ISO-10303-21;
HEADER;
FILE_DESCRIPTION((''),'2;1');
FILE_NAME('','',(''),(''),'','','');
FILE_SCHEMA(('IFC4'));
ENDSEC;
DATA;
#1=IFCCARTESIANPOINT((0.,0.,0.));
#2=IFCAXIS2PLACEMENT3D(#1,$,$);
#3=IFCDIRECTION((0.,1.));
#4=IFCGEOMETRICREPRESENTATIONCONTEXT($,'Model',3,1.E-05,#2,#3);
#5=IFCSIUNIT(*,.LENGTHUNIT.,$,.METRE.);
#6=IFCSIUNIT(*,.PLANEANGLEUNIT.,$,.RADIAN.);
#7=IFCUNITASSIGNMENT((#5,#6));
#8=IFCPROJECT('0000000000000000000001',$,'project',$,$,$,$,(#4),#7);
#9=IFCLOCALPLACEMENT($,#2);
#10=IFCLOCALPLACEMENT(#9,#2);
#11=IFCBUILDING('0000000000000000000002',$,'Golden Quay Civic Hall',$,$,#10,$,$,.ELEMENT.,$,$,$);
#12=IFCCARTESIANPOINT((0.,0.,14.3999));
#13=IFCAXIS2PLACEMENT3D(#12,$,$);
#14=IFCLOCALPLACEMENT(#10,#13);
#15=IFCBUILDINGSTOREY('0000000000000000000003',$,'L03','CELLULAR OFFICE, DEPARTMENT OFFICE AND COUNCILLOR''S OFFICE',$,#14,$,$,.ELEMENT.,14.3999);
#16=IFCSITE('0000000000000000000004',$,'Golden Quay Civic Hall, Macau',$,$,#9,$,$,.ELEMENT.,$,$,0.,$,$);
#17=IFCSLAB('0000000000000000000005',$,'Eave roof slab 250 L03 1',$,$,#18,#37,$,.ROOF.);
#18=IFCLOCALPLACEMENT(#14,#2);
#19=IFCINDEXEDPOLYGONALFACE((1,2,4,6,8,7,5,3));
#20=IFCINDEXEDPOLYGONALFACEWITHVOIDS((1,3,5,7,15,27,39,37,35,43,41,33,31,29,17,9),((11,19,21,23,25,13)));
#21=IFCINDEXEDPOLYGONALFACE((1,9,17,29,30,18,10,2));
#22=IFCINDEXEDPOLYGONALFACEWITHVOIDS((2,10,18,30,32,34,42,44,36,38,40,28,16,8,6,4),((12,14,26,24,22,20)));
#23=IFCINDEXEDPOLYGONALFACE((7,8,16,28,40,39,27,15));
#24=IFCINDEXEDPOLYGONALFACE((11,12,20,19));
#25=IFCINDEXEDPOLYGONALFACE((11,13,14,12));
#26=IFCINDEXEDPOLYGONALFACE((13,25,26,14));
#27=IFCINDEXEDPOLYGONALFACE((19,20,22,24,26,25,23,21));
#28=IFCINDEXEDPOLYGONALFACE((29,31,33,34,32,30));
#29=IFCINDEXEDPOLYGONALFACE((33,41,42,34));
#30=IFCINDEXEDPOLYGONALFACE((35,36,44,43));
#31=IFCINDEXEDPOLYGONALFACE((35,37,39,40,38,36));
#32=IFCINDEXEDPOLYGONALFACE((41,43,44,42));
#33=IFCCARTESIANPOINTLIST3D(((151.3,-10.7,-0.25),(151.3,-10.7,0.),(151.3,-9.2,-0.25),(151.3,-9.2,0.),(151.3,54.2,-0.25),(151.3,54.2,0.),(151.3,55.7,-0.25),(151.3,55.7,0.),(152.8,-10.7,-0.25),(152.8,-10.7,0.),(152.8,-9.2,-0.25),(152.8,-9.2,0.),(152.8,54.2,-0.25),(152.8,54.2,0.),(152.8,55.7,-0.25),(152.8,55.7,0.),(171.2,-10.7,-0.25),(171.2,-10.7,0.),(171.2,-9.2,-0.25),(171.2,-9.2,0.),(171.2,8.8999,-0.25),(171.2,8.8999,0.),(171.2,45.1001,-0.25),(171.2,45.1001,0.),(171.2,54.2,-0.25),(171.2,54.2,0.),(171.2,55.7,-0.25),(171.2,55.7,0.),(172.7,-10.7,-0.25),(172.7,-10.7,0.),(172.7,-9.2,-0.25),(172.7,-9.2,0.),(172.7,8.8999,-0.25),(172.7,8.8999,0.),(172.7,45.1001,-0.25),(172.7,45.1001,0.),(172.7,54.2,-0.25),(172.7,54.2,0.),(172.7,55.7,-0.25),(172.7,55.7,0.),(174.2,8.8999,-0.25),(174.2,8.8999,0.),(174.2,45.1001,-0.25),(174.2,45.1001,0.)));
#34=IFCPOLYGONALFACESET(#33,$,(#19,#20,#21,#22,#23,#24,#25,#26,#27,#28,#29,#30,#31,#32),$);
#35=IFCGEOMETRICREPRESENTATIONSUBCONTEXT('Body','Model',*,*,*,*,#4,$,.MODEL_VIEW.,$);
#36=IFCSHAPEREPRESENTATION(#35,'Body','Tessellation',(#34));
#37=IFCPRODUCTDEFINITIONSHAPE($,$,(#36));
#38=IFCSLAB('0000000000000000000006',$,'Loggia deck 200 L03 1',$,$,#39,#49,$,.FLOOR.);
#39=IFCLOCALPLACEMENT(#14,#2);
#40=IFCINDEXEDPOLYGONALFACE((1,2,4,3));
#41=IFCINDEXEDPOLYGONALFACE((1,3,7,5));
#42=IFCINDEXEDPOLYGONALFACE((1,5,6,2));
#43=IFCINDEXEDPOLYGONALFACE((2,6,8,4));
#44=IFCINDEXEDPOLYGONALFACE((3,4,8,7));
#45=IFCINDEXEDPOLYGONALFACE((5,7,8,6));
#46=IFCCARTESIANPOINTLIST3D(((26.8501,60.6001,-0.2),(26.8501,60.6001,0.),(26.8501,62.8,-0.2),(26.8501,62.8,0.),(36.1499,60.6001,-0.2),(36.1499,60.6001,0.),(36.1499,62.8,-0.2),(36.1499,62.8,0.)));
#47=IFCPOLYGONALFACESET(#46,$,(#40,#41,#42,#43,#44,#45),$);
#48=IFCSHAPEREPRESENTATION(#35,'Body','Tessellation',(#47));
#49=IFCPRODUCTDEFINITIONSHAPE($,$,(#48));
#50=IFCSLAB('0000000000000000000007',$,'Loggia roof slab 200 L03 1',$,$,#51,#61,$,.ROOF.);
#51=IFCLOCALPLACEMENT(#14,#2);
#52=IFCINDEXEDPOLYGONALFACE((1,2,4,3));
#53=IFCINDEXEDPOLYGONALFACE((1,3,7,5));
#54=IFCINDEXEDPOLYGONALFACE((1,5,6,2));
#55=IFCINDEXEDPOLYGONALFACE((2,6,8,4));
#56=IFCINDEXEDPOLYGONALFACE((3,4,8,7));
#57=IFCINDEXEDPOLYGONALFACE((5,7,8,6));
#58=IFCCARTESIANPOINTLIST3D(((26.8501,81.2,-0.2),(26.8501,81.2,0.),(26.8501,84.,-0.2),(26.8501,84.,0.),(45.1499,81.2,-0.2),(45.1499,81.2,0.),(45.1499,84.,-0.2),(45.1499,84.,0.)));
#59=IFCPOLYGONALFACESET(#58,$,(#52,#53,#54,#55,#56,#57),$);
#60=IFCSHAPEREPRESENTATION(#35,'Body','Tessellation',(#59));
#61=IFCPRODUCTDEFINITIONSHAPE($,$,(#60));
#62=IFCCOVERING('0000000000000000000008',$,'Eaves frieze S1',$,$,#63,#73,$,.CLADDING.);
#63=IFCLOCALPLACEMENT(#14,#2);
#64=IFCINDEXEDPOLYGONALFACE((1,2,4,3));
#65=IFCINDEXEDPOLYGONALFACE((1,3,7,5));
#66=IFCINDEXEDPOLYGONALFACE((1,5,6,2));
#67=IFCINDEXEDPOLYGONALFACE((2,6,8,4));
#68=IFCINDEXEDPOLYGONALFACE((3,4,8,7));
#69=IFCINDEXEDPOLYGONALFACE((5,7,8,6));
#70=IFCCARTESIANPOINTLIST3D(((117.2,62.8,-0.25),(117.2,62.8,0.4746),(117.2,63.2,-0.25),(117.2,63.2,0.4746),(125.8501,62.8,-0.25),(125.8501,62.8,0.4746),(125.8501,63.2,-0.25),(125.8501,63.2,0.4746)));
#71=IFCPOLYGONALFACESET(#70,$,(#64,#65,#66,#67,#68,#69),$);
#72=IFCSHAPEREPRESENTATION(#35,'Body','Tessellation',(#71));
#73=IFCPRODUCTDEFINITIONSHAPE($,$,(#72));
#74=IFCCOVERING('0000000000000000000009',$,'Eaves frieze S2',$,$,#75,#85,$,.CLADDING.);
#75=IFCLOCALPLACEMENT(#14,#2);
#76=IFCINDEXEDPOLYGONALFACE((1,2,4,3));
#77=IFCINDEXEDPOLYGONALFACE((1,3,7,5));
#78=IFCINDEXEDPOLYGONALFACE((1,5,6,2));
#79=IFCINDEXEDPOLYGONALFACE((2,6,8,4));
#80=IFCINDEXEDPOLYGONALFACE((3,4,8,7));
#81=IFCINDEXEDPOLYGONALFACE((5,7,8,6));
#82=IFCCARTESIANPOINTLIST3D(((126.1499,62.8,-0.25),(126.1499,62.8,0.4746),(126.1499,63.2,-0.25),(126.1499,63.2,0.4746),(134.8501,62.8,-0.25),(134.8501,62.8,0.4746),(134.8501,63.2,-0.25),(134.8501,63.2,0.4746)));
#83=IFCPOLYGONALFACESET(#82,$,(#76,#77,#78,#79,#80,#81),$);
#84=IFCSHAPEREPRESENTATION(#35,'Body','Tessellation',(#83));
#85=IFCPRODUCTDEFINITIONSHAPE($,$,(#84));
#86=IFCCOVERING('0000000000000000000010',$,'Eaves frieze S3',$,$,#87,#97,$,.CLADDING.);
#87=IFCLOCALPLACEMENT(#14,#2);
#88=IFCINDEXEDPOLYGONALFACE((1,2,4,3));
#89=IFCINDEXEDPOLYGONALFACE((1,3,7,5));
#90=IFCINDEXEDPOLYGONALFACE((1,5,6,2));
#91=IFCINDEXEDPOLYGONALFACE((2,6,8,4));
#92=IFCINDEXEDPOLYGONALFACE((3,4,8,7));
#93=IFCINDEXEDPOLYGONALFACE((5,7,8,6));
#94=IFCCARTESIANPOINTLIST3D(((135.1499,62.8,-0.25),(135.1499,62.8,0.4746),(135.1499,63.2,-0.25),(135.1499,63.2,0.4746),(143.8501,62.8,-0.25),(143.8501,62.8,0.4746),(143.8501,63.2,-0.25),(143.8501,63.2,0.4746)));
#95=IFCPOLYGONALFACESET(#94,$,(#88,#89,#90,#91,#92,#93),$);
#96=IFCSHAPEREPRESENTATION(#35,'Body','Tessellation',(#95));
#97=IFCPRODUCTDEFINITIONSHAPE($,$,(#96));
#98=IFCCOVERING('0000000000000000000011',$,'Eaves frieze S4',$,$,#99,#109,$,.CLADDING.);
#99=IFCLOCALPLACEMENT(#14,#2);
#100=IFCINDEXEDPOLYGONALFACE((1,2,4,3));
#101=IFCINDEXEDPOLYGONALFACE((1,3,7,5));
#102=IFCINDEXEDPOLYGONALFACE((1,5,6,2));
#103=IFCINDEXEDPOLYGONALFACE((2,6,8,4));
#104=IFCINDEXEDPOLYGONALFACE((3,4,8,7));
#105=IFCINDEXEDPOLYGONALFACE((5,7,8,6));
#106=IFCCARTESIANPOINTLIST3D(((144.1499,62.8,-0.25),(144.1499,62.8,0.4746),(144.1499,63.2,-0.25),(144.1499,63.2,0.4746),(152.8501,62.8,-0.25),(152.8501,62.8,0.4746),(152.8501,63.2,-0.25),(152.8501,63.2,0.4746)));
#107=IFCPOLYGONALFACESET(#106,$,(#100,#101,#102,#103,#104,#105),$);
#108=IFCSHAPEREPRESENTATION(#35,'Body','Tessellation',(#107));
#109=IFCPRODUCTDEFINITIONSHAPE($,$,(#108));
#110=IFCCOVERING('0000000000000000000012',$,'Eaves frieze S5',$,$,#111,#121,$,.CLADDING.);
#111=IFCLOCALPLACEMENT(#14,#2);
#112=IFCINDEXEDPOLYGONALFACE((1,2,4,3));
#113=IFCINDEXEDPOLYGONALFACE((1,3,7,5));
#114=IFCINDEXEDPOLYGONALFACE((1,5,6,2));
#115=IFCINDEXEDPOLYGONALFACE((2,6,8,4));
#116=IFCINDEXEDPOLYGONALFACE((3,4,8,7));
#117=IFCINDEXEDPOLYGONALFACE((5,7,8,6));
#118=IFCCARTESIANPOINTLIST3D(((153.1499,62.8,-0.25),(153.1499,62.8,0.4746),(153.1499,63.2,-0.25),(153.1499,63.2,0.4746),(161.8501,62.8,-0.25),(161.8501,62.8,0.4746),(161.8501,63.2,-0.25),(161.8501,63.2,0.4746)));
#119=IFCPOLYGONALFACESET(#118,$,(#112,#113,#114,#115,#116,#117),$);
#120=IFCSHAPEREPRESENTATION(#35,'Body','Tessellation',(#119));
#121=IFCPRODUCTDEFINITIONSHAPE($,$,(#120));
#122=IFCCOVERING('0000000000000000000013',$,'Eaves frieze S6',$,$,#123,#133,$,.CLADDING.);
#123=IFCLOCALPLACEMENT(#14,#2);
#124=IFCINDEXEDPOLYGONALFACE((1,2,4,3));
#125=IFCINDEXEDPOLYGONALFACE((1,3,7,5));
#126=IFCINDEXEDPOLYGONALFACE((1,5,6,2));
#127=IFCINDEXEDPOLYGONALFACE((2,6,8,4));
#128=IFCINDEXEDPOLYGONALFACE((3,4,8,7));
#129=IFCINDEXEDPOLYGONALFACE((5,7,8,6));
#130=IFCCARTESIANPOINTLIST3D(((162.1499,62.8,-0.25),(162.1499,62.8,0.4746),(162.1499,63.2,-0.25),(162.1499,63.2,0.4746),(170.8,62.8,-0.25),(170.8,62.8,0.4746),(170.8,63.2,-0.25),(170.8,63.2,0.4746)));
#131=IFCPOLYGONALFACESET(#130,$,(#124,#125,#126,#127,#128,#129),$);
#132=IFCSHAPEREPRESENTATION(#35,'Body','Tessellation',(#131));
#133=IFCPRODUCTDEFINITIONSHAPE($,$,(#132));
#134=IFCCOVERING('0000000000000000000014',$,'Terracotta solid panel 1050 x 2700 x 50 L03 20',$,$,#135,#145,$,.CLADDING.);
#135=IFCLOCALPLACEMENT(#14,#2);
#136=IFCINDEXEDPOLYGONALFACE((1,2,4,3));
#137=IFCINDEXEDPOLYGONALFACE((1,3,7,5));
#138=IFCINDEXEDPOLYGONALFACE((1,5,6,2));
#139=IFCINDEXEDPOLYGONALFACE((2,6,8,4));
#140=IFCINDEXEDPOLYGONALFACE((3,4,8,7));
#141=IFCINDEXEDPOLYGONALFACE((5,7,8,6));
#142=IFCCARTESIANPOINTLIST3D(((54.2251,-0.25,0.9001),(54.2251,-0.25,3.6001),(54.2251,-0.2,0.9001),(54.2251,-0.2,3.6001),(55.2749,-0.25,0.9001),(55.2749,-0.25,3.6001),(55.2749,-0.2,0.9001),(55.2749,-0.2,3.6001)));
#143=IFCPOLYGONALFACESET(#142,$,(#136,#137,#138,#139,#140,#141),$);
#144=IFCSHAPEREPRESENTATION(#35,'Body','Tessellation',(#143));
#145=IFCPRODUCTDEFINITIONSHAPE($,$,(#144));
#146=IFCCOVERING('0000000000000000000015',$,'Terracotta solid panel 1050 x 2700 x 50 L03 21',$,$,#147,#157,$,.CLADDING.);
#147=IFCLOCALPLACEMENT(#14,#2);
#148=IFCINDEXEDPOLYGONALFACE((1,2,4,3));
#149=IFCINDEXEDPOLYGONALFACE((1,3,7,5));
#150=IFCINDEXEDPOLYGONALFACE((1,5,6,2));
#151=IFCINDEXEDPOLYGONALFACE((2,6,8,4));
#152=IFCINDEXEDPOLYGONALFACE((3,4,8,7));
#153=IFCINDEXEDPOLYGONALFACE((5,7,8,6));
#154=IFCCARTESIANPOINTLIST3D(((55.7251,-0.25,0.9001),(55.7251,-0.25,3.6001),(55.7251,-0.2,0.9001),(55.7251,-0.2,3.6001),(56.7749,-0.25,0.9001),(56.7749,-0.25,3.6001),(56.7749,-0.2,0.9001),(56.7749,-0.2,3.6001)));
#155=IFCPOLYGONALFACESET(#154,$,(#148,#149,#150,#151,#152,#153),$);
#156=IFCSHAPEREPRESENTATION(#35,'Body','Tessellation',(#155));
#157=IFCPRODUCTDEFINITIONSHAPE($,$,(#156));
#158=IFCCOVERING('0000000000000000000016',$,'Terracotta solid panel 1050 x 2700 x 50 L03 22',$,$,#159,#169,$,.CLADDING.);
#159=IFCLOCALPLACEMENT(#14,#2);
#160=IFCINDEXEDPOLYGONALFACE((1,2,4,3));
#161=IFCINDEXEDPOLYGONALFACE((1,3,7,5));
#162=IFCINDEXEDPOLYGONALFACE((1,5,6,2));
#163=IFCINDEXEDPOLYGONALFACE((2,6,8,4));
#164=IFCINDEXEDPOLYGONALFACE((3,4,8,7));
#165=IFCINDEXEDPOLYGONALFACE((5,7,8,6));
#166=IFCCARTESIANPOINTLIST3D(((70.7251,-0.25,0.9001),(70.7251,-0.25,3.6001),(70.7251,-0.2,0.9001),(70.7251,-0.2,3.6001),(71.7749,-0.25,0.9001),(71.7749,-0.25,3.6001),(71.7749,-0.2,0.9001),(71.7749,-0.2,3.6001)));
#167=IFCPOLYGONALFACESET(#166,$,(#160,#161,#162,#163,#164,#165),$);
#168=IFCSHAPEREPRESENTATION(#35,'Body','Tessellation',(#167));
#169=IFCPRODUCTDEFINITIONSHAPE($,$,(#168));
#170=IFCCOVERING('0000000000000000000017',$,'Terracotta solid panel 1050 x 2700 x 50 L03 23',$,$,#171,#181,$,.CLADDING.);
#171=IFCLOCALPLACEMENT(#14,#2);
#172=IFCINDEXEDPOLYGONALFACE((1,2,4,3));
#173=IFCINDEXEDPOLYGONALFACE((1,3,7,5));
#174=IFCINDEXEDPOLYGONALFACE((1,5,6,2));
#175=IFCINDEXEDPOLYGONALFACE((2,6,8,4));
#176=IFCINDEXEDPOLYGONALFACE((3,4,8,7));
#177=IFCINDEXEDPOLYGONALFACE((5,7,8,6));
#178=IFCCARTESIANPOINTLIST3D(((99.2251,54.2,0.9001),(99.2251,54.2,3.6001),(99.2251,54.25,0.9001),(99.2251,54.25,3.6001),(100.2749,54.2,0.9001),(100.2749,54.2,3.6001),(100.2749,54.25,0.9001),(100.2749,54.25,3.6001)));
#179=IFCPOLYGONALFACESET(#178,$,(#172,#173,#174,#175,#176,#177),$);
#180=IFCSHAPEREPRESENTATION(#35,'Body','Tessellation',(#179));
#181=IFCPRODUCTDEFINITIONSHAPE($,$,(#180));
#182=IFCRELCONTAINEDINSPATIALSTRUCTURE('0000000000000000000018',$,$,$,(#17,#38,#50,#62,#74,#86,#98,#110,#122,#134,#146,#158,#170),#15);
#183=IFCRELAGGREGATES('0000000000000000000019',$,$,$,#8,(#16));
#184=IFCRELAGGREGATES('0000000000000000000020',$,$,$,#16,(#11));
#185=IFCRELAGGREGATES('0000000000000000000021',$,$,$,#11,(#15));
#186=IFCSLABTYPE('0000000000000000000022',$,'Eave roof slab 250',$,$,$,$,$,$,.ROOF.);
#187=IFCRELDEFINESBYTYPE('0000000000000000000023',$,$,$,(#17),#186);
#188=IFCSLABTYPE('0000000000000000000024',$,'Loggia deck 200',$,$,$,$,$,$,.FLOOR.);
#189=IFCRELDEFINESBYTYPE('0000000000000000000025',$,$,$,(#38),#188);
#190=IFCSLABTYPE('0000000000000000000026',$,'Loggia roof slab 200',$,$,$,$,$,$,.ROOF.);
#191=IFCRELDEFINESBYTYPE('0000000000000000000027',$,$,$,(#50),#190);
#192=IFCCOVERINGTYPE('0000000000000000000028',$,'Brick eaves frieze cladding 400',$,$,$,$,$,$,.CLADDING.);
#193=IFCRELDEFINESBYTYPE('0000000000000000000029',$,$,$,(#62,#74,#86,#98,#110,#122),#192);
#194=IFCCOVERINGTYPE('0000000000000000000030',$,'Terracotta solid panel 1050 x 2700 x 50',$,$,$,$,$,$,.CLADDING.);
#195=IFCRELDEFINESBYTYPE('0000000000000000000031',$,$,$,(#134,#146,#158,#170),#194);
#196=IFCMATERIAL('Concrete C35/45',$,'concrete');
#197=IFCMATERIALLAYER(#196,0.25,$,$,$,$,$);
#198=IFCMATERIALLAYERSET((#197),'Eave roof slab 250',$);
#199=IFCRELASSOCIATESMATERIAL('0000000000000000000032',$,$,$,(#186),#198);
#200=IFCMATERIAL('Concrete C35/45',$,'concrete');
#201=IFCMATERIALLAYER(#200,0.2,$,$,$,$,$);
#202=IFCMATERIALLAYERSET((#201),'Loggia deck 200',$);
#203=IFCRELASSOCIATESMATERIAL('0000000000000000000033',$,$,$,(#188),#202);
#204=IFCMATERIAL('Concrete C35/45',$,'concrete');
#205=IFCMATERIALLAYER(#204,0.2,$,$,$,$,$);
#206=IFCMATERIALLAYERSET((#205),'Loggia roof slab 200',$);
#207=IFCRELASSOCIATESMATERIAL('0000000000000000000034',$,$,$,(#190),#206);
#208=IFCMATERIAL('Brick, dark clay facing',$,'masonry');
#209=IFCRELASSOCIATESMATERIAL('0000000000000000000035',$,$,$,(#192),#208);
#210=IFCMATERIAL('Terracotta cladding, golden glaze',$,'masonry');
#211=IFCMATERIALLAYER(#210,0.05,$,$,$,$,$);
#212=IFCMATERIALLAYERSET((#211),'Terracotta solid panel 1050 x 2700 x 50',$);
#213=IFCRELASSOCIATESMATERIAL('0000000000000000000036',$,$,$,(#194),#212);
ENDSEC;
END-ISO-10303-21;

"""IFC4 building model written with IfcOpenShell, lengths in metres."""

from ifc_helpers import new_model, si_unit, direction, frame, origin, place, context, subcontext, project, spatial, polyline, outline, extrude, material, layer, layer_set, type_object, element, save


model = new_model("IFC4")

# Units and contexts
model_context = context("Model", 3, precision=1e-05, world=origin(), true_north=direction((0.0, 1.0)))
body_context = subcontext(model_context, "Body", "Model", "MODEL_VIEW")
ifc_project = project(units=[si_unit("LENGTHUNIT", "METRE"), si_unit("PLANEANGLEUNIT", "RADIAN")], contexts=[model_context])

# Site, building, storey
site_placement = place(None, origin())
site = spatial("IfcSite", under=ifc_project, at=site_placement, Name="Golden Quay Civic Hall, Macau", CompositionType="ELEMENT", RefElevation=0.0)
building_placement = place(site_placement, origin())
building = spatial("IfcBuilding", under=site, at=building_placement, Name="Golden Quay Civic Hall", CompositionType="ELEMENT")
storey_placement = place(building_placement, frame((0.0, 0.0, 14.3999)))
storey = spatial("IfcBuildingStorey", under=building, at=storey_placement, Name="L03", Description="CELLULAR OFFICE, DEPARTMENT OFFICE AND COUNCILLOR'S OFFICE", CompositionType="ELEMENT", Elevation=14.3999)

# Slabs
ifc_material_1 = material(Name="Concrete C35/45", Category="concrete")
ifc_layer_1 = layer(ifc_material_1, 0.25)
ifc_layer_set_1 = layer_set([ifc_layer_1], Name="Eave roof slab 250")
slab_type_1 = type_object("IfcSlabType", Name="Eave roof slab 250", PredefinedType="ROOF", material=ifc_layer_set_1)
slab_1_placement = place(storey_placement, frame((0.0, 0.0, -0.25)))
element("IfcSlab", 1, at=slab_1_placement, inside=storey, type_object=slab_type_1, Name="Eave roof slab 250 L03 1", PredefinedType="ROOF", context=body_context, shape_type="SweptSolid", body=[
    extrude(outline(polyline([(172.7, -10.7), (171.2, -10.7), (152.8, -10.7), (151.3, -10.7), (151.3, -9.2), (151.3, 54.2), (151.3, 55.7), (152.8, 55.7), (171.2, 55.7), (172.7, 55.7), (172.7, 54.2), (172.7, 45.1001), (174.2, 45.1001), (174.2, 8.8999), (172.7, 8.8999), (172.7, -9.2), (172.7, -10.7)]), holes=[polyline([(171.2, 45.1001), (171.2, 54.2), (152.8, 54.2), (152.8, -9.2), (171.2, -9.2), (171.2, 8.8999), (171.2, 45.1001)])]), origin(), (0.0, 0.0, 1.0), 0.25),
])
ifc_material_2 = material(Name="Concrete C35/45", Category="concrete")
ifc_layer_2 = layer(ifc_material_2, 0.2)
ifc_layer_set_2 = layer_set([ifc_layer_2], Name="Loggia deck 200")
slab_type_2 = type_object("IfcSlabType", Name="Loggia deck 200", PredefinedType="FLOOR", material=ifc_layer_set_2)
slab_2_placement = place(storey_placement, frame((0.0, 0.0, -0.2)))
element("IfcSlab", 2, at=slab_2_placement, inside=storey, type_object=slab_type_2, Name="Loggia deck 200 L03 1", PredefinedType="FLOOR", context=body_context, shape_type="SweptSolid", body=[
    extrude(outline(polyline([(26.8501, 62.8), (36.1499, 62.8), (36.1499, 60.6001), (26.8501, 60.6001), (26.8501, 62.8)])), origin(), (0.0, 0.0, 1.0), 0.2),
])
ifc_material_3 = material(Name="Concrete C35/45", Category="concrete")
ifc_layer_3 = layer(ifc_material_3, 0.2)
ifc_layer_set_3 = layer_set([ifc_layer_3], Name="Loggia roof slab 200")
slab_type_3 = type_object("IfcSlabType", Name="Loggia roof slab 200", PredefinedType="ROOF", material=ifc_layer_set_3)
slab_3_placement = place(storey_placement, frame((0.0, 0.0, -0.2)))
element("IfcSlab", 3, at=slab_3_placement, inside=storey, type_object=slab_type_3, Name="Loggia roof slab 200 L03 1", PredefinedType="ROOF", context=body_context, shape_type="SweptSolid", body=[
    extrude(outline(polyline([(26.8501, 81.2), (45.1499, 81.2), (45.1499, 84.0), (26.8501, 84.0), (26.8501, 81.2)])), origin(), (0.0, 0.0, 1.0), 0.2),
])

# Coverings
ifc_material_4 = material(Name="Brick, dark clay facing", Category="masonry")
covering_type_1 = type_object("IfcCoveringType", Name="Brick eaves frieze cladding 400", PredefinedType="CLADDING", material=ifc_material_4)
covering_1_placement = place(storey_placement, frame((0.0, 0.0, -0.25)))
element("IfcCovering", 4, at=covering_1_placement, inside=storey, type_object=covering_type_1, Name="Eaves frieze S1", PredefinedType="CLADDING", context=body_context, shape_type="SweptSolid", body=[
    extrude(outline(polyline([(117.2, 62.8), (125.8501, 62.8), (125.8501, 63.2), (117.2, 63.2), (117.2, 62.8)])), origin(), (0.0, 0.0, 1.0), 0.7246),
])
covering_2_placement = place(storey_placement, frame((0.0, 0.0, -0.25)))
element("IfcCovering", 5, at=covering_2_placement, inside=storey, type_object=covering_type_1, Name="Eaves frieze S2", PredefinedType="CLADDING", context=body_context, shape_type="SweptSolid", body=[
    extrude(outline(polyline([(126.1499, 62.8), (134.8501, 62.8), (134.8501, 63.2), (126.1499, 63.2), (126.1499, 62.8)])), origin(), (0.0, 0.0, 1.0), 0.7246),
])
covering_3_placement = place(storey_placement, frame((0.0, 0.0, -0.25)))
element("IfcCovering", 6, at=covering_3_placement, inside=storey, type_object=covering_type_1, Name="Eaves frieze S3", PredefinedType="CLADDING", context=body_context, shape_type="SweptSolid", body=[
    extrude(outline(polyline([(135.1499, 62.8), (143.8501, 62.8), (143.8501, 63.2), (135.1499, 63.2), (135.1499, 62.8)])), origin(), (0.0, 0.0, 1.0), 0.7246),
])
covering_4_placement = place(storey_placement, frame((0.0, 0.0, -0.25)))
element("IfcCovering", 7, at=covering_4_placement, inside=storey, type_object=covering_type_1, Name="Eaves frieze S4", PredefinedType="CLADDING", context=body_context, shape_type="SweptSolid", body=[
    extrude(outline(polyline([(144.1499, 62.8), (152.8501, 62.8), (152.8501, 63.2), (144.1499, 63.2), (144.1499, 62.8)])), origin(), (0.0, 0.0, 1.0), 0.7246),
])
covering_5_placement = place(storey_placement, frame((0.0, 0.0, -0.25)))
element("IfcCovering", 8, at=covering_5_placement, inside=storey, type_object=covering_type_1, Name="Eaves frieze S5", PredefinedType="CLADDING", context=body_context, shape_type="SweptSolid", body=[
    extrude(outline(polyline([(153.1499, 62.8), (161.8501, 62.8), (161.8501, 63.2), (153.1499, 63.2), (153.1499, 62.8)])), origin(), (0.0, 0.0, 1.0), 0.7246),
])
covering_6_placement = place(storey_placement, frame((0.0, 0.0, -0.25)))
element("IfcCovering", 9, at=covering_6_placement, inside=storey, type_object=covering_type_1, Name="Eaves frieze S6", PredefinedType="CLADDING", context=body_context, shape_type="SweptSolid", body=[
    extrude(outline(polyline([(162.1499, 62.8), (170.8, 62.8), (170.8, 63.2), (162.1499, 63.2), (162.1499, 62.8)])), origin(), (0.0, 0.0, 1.0), 0.7246),
])
ifc_material_5 = material(Name="Terracotta cladding, golden glaze", Category="masonry")
ifc_layer_4 = layer(ifc_material_5, 0.05)
ifc_layer_set_4 = layer_set([ifc_layer_4], Name="Terracotta solid panel 1050 x 2700 x 50")
covering_type_2 = type_object("IfcCoveringType", Name="Terracotta solid panel 1050 x 2700 x 50", PredefinedType="CLADDING", material=ifc_layer_set_4)
covering_7_placement = place(storey_placement, frame((0.0, 0.0, 0.9001)))
element("IfcCovering", 10, at=covering_7_placement, inside=storey, type_object=covering_type_2, Name="Terracotta solid panel 1050 x 2700 x 50 L03 20", PredefinedType="CLADDING", context=body_context, shape_type="SweptSolid", body=[
    extrude(outline(polyline([(54.2251, -0.2), (55.2749, -0.2), (55.2749, -0.25), (54.2251, -0.25), (54.2251, -0.2)])), origin(), (0.0, 0.0, 1.0), 2.7),
])
covering_8_placement = place(storey_placement, frame((0.0, 0.0, 0.9001)))
element("IfcCovering", 11, at=covering_8_placement, inside=storey, type_object=covering_type_2, Name="Terracotta solid panel 1050 x 2700 x 50 L03 21", PredefinedType="CLADDING", context=body_context, shape_type="SweptSolid", body=[
    extrude(outline(polyline([(55.7251, -0.2), (56.7749, -0.2), (56.7749, -0.25), (55.7251, -0.25), (55.7251, -0.2)])), origin(), (0.0, 0.0, 1.0), 2.7),
])
covering_9_placement = place(storey_placement, frame((0.0, 0.0, 0.9001)))
element("IfcCovering", 12, at=covering_9_placement, inside=storey, type_object=covering_type_2, Name="Terracotta solid panel 1050 x 2700 x 50 L03 22", PredefinedType="CLADDING", context=body_context, shape_type="SweptSolid", body=[
    extrude(outline(polyline([(70.7251, -0.2), (71.7749, -0.2), (71.7749, -0.25), (70.7251, -0.25), (70.7251, -0.2)])), origin(), (0.0, 0.0, 1.0), 2.7),
])
covering_10_placement = place(storey_placement, frame((0.0, 0.0, 0.9001)))
element("IfcCovering", 13, at=covering_10_placement, inside=storey, type_object=covering_type_2, Name="Terracotta solid panel 1050 x 2700 x 50 L03 23", PredefinedType="CLADDING", context=body_context, shape_type="SweptSolid", body=[
    extrude(outline(polyline([(99.2251, 54.2), (100.2749, 54.2), (100.2749, 54.25), (99.2251, 54.25), (99.2251, 54.2)])), origin(), (0.0, 0.0, 1.0), 2.7),
])

save(model, "model.ifc")
